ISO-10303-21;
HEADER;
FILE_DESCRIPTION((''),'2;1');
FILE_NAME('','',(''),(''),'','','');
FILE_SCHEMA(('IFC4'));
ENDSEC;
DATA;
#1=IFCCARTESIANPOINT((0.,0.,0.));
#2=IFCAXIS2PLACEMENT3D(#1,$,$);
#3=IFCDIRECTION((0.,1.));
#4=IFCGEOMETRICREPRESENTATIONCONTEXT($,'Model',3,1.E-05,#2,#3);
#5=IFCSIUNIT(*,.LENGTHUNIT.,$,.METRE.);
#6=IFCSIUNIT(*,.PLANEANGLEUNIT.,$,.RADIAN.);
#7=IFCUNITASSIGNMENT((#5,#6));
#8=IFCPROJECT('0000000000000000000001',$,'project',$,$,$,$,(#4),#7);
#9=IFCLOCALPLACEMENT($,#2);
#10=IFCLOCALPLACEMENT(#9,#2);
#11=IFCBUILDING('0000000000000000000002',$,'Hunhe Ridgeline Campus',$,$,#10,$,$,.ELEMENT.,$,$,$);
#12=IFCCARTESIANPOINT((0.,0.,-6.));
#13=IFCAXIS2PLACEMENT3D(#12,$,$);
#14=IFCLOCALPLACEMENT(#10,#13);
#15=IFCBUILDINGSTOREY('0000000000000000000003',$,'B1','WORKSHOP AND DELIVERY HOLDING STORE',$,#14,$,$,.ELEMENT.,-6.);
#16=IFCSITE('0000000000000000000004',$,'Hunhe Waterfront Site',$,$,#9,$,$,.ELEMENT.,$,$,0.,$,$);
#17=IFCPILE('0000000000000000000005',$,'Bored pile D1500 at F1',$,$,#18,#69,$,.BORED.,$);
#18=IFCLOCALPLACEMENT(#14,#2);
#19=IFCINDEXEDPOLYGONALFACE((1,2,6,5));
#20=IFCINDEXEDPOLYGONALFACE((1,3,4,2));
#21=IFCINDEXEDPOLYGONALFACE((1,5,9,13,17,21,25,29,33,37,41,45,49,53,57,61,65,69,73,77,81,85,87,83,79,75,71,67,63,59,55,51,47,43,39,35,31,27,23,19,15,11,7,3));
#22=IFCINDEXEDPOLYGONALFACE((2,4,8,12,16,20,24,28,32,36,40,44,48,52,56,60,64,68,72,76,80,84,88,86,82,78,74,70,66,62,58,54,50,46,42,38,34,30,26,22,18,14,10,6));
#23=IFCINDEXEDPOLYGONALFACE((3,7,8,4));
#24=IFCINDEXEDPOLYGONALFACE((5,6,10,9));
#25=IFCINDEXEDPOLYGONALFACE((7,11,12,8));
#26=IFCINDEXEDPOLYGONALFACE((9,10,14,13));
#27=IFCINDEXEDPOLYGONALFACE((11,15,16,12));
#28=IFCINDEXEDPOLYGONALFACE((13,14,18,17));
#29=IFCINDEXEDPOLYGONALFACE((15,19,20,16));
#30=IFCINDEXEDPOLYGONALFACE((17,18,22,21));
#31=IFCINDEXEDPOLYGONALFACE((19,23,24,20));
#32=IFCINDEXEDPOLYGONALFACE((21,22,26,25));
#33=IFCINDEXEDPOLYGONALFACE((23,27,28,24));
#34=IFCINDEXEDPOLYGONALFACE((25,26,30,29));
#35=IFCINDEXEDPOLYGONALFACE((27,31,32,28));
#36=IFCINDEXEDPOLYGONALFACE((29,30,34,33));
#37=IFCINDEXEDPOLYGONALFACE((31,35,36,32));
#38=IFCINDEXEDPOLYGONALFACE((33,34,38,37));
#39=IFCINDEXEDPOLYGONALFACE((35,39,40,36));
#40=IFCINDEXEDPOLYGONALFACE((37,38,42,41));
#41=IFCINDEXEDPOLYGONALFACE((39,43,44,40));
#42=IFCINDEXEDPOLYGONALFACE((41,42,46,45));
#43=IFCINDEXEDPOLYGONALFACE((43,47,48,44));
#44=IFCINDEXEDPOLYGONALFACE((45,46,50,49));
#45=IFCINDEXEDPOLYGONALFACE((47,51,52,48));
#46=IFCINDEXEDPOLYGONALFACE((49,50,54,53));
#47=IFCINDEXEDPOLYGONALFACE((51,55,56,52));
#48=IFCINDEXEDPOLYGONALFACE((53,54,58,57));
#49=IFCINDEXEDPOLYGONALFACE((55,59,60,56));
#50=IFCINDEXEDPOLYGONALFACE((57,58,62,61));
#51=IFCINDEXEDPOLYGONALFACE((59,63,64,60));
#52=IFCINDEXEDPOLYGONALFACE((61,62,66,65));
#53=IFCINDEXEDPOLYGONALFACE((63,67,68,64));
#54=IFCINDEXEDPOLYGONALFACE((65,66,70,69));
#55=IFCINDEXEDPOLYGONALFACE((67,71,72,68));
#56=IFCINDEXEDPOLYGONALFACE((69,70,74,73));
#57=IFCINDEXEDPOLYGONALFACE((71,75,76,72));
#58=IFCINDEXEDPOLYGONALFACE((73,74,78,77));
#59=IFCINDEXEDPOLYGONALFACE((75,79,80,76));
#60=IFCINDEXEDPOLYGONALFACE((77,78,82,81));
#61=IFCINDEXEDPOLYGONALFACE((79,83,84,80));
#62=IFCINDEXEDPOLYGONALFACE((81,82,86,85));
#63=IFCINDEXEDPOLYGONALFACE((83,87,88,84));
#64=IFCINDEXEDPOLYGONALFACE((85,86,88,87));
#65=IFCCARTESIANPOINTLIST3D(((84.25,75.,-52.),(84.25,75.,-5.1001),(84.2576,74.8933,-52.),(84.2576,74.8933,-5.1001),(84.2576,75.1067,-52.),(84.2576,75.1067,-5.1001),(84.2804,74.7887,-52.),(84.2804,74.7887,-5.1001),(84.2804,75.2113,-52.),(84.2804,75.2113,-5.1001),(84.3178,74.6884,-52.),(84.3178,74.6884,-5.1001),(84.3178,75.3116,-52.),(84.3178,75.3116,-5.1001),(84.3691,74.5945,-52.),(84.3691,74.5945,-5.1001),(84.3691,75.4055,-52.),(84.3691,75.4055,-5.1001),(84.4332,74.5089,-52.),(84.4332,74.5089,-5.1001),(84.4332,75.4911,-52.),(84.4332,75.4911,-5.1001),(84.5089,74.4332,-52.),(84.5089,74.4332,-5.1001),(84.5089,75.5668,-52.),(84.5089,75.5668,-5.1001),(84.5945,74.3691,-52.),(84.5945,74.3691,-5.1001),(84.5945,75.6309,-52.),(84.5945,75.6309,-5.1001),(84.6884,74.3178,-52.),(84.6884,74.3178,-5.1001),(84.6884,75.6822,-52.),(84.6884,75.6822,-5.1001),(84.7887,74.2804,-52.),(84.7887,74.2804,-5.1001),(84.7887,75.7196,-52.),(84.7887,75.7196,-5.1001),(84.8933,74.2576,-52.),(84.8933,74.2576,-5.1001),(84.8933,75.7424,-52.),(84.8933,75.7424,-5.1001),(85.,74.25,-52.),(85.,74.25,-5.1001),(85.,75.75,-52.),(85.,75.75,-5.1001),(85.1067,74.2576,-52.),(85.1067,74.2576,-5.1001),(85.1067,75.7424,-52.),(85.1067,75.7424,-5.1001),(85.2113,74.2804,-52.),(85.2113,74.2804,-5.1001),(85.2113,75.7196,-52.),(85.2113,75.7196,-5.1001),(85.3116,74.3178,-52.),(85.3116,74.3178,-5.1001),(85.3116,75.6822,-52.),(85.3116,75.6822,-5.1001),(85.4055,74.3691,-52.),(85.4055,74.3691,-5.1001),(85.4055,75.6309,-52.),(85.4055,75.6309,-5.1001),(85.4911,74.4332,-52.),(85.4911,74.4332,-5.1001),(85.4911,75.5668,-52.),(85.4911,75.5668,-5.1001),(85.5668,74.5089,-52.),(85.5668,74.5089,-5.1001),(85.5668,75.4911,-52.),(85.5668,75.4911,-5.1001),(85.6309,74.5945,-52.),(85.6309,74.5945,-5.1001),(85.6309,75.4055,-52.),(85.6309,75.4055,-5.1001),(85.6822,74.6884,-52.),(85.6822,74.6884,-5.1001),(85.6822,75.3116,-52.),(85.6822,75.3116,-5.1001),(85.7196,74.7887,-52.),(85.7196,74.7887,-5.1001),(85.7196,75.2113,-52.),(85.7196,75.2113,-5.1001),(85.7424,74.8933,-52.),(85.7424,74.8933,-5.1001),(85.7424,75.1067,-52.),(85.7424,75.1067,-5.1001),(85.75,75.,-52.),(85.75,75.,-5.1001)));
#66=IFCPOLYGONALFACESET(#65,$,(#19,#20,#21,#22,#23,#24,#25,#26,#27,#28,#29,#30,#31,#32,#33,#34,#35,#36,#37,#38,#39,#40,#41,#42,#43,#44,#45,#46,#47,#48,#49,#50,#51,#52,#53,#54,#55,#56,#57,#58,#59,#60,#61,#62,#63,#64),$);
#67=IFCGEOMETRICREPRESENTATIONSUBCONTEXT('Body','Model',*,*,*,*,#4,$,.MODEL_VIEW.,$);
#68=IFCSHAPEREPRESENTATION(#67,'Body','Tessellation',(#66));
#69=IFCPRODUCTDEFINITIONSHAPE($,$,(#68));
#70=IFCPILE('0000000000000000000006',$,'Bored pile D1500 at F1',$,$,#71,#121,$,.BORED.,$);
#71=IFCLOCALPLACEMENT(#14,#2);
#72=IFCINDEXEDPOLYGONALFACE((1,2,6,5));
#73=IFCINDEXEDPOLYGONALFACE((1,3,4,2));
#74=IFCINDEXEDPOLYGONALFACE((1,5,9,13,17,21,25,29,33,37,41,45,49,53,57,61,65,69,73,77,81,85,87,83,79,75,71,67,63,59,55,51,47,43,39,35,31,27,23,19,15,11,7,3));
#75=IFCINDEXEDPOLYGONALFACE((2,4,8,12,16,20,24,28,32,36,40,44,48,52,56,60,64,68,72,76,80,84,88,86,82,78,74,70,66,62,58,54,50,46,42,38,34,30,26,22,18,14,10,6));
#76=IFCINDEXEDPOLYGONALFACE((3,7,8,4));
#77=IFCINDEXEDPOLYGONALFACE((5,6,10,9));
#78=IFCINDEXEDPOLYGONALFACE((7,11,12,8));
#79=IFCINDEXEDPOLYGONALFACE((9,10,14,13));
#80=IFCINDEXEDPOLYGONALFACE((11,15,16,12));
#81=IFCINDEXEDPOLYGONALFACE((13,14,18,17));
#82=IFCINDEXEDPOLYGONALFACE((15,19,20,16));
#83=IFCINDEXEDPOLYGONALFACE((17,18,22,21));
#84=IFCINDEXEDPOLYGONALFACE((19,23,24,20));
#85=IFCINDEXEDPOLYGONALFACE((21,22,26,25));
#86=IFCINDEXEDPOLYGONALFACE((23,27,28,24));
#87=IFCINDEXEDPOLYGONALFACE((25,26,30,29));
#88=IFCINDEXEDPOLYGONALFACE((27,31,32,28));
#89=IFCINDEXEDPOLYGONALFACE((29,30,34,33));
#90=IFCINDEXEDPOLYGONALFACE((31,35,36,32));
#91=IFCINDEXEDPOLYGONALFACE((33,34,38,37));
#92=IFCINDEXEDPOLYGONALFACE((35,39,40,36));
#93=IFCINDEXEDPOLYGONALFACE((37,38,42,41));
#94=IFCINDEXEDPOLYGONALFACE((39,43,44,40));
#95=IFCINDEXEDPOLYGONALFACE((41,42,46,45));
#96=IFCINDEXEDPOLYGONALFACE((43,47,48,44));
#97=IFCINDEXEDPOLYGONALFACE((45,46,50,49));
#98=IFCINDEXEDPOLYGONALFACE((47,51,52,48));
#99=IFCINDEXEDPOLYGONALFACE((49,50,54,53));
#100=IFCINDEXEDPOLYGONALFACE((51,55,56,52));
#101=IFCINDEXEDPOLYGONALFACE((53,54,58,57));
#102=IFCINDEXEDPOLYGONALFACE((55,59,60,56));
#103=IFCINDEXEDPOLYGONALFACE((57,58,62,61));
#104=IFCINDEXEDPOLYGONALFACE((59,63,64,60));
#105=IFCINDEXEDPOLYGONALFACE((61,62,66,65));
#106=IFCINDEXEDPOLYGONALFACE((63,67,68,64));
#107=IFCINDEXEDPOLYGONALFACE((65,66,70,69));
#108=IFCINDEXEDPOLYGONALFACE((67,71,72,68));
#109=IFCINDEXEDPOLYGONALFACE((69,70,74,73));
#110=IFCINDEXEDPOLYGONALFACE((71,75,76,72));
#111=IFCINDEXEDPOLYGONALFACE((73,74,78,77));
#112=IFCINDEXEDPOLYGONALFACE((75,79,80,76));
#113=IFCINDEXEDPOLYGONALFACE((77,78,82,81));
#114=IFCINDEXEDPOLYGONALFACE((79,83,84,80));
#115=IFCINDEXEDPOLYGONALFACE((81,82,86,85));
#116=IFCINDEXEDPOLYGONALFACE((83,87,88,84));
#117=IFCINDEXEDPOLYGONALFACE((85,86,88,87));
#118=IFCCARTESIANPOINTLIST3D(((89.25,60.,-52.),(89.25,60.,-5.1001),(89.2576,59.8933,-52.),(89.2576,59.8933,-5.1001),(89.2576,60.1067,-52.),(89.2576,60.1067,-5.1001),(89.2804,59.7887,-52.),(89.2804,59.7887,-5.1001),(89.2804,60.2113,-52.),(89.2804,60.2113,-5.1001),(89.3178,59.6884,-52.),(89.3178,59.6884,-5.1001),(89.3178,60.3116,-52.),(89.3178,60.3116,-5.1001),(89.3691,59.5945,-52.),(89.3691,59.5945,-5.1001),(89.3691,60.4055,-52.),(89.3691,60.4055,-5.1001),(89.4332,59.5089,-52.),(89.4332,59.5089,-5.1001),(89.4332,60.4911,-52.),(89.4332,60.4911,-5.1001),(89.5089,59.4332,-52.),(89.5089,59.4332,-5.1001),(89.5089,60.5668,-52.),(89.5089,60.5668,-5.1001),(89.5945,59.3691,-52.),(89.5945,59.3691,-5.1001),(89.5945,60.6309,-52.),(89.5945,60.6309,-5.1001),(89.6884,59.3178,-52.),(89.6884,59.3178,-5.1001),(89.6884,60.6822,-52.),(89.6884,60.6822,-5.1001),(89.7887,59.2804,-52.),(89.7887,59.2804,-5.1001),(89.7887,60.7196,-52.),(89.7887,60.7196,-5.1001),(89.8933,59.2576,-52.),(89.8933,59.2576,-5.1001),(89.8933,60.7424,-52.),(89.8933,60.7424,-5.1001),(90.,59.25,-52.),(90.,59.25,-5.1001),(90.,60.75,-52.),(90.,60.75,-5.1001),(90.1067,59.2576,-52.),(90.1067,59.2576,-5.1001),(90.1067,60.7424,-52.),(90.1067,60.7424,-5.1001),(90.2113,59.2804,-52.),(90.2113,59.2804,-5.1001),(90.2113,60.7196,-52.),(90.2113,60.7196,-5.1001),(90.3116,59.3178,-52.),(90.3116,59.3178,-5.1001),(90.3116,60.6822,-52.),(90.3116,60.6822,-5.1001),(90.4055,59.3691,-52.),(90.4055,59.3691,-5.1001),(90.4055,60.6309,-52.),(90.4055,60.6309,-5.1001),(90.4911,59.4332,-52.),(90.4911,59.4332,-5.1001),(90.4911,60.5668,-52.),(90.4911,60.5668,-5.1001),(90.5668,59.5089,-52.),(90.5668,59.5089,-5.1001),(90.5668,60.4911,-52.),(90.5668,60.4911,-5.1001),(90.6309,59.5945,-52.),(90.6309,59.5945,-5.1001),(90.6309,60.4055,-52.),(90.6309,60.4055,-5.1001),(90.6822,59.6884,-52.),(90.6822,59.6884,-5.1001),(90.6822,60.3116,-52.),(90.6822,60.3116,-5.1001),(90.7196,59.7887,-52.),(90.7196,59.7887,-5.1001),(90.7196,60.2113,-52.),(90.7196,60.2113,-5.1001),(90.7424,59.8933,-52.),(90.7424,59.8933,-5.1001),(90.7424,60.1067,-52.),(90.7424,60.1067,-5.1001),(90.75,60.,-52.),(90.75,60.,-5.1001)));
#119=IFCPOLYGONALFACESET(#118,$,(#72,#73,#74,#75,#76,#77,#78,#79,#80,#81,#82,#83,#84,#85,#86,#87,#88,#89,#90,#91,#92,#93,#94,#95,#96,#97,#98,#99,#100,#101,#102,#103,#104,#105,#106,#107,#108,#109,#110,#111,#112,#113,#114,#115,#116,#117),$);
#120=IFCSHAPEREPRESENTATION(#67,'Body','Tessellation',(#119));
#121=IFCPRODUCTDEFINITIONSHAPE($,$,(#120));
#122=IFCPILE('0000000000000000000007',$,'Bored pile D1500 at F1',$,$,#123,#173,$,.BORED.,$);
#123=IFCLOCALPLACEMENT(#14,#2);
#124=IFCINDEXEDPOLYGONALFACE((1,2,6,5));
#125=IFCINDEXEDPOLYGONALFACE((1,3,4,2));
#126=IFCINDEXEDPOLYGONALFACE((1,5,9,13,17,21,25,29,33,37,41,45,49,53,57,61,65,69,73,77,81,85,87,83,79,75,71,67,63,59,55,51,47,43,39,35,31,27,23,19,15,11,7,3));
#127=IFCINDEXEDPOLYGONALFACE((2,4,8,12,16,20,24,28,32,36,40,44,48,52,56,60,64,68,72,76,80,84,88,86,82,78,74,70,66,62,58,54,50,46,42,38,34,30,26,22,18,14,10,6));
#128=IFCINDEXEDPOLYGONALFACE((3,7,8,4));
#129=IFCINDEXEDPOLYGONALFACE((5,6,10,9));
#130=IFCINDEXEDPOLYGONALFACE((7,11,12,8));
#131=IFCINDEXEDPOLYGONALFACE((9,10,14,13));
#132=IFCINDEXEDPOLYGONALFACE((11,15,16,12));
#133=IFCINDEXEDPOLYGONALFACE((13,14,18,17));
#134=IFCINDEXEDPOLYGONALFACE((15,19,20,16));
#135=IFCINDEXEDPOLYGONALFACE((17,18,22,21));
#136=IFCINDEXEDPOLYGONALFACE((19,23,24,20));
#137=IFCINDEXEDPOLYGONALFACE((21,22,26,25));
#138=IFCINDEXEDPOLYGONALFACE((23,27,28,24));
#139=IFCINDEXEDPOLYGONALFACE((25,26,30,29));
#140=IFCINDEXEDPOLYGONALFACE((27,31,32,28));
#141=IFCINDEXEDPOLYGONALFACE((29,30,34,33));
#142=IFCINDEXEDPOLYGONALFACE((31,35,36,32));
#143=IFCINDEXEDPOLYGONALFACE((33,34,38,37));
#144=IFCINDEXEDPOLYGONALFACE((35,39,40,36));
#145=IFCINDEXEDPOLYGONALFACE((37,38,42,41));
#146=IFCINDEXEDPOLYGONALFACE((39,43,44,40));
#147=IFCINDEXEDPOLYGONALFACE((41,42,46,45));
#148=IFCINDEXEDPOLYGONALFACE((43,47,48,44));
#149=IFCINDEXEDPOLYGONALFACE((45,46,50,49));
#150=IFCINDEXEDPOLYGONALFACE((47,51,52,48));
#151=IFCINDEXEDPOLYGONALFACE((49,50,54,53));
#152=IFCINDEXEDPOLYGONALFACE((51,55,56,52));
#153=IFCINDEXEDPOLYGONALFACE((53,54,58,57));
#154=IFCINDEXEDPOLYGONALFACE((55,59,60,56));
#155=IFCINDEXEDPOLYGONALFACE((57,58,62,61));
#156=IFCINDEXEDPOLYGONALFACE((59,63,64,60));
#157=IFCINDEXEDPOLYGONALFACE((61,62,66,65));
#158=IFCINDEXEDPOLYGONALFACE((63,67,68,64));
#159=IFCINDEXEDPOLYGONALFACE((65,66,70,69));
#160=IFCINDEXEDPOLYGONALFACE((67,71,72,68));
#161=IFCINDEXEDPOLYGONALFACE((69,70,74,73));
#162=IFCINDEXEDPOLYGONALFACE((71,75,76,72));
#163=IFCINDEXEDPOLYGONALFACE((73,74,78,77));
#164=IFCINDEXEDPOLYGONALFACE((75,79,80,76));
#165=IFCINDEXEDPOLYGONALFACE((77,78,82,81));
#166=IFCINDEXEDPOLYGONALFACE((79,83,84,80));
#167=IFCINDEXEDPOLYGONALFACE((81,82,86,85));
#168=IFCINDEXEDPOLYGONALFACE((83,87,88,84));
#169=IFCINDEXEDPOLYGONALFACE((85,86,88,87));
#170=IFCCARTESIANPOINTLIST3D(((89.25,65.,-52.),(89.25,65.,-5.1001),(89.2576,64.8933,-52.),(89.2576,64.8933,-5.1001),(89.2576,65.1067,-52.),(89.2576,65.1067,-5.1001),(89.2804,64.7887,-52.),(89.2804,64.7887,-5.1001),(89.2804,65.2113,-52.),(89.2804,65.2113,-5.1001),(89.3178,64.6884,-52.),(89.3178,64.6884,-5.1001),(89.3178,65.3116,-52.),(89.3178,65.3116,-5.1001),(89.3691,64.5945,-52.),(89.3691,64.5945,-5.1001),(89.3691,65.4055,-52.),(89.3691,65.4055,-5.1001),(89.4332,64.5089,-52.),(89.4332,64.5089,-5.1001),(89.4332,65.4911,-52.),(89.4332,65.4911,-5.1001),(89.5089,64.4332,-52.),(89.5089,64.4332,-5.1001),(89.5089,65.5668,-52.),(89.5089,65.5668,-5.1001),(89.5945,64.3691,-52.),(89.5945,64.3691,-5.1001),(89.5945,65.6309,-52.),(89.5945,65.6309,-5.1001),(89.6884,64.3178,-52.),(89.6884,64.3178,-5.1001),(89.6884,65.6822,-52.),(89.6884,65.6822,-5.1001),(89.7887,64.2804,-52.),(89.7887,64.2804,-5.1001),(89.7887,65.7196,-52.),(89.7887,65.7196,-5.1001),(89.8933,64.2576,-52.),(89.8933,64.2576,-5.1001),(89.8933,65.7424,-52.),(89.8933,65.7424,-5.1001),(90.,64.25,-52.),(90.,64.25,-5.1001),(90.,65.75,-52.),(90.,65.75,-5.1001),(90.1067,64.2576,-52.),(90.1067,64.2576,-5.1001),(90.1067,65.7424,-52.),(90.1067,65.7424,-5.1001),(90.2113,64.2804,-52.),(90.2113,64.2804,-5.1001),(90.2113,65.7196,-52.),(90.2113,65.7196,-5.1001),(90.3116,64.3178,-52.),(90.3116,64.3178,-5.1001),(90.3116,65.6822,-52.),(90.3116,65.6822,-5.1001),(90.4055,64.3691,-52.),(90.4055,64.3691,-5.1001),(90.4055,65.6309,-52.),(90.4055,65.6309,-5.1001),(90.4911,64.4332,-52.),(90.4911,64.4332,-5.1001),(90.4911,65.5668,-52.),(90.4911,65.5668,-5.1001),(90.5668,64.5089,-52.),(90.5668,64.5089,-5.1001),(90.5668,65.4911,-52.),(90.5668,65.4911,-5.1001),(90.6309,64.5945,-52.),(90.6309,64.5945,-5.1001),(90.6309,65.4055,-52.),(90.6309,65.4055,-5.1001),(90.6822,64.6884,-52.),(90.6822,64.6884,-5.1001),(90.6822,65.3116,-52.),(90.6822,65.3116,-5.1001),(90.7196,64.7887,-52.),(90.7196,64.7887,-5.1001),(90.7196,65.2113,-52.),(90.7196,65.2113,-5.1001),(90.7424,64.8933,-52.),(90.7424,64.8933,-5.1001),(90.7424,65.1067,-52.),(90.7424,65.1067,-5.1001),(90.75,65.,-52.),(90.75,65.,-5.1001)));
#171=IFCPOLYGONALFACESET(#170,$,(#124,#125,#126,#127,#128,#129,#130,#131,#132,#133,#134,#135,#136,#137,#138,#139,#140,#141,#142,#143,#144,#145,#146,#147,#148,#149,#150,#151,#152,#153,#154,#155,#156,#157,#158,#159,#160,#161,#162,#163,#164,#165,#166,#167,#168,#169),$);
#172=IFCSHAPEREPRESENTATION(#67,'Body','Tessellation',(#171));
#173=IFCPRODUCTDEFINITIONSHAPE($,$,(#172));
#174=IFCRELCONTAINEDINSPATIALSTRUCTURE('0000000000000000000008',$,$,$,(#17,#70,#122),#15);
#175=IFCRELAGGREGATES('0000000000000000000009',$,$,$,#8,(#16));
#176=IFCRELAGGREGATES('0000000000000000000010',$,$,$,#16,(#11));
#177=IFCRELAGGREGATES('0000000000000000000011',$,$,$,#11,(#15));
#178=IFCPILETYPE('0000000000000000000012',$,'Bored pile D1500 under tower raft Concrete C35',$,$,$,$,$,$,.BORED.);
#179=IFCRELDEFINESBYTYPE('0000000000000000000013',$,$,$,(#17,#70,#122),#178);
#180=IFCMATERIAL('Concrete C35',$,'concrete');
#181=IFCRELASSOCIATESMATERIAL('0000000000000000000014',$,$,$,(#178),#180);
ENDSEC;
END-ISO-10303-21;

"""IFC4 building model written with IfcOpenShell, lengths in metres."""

from ifc_helpers import new_model, si_unit, direction, frame, origin, origin_2d, place, context, subcontext, project, spatial, circle, extrude, material, material_profile, profile_set, type_object, element, save


model = new_model("IFC4")

# Units and contexts
model_context = context("Model", 3, precision=1e-05, world=origin(), true_north=direction((0.0, 1.0)))
body_context = subcontext(model_context, "Body", "Model", "MODEL_VIEW")
ifc_project = project(units=[si_unit("LENGTHUNIT", "METRE"), si_unit("PLANEANGLEUNIT", "RADIAN")], contexts=[model_context])

# Site, building, storey
site_placement = place(None, origin())
site = spatial("IfcSite", under=ifc_project, at=site_placement, Name="Hunhe Waterfront Site", CompositionType="ELEMENT", RefElevation=0.0)
building_placement = place(site_placement, origin())
building = spatial("IfcBuilding", under=site, at=building_placement, Name="Hunhe Ridgeline Campus", CompositionType="ELEMENT")
storey_placement = place(building_placement, frame((0.0, 0.0, -6.0)))
storey = spatial("IfcBuildingStorey", under=building, at=storey_placement, Name="B1", Description="WORKSHOP AND DELIVERY HOLDING STORE", CompositionType="ELEMENT", Elevation=-6.0)

# Piles
ifc_material_1 = material(Name="Concrete C35", Category="concrete")
ifc_material_profile_1 = material_profile(ifc_material_1, circle(Radius=0.75, at=origin_2d()))
ifc_profile_set_1 = profile_set([ifc_material_profile_1], Name="Concrete C35")
pile_type = type_object("IfcPileType", Name="Bored pile D1500 under tower raft Concrete C35", PredefinedType="BORED", material=ifc_profile_set_1)
for number, where, z_axis, x_axis, name in (
    (1, (85.0, 75.0, -5.1001), (0.0, 0.0, -1.0), (1.0, 0.0, 0.0), "Bored pile D1500 at F1"),
    (2, (90.0, 60.0, -5.1001), (0.0, 0.0, -1.0), (1.0, 0.0, 0.0), "Bored pile D1500 at F1"),
    (3, (90.0, 65.0, -5.1001), (0.0, 0.0, -1.0), (1.0, 0.0, 0.0), "Bored pile D1500 at F1"),
):
    element("IfcPile", number, at=place(storey_placement, frame(where, z_axis=z_axis, x_axis=x_axis)), inside=storey, type_object=pile_type, Name=name, PredefinedType="BORED", context=body_context, shape_type="SweptSolid", body=[
        extrude(circle(Radius=0.75, at=origin_2d()), origin(), (0.0, 0.0, 1.0), 46.8999),
    ])

save(model, "model.ifc")
